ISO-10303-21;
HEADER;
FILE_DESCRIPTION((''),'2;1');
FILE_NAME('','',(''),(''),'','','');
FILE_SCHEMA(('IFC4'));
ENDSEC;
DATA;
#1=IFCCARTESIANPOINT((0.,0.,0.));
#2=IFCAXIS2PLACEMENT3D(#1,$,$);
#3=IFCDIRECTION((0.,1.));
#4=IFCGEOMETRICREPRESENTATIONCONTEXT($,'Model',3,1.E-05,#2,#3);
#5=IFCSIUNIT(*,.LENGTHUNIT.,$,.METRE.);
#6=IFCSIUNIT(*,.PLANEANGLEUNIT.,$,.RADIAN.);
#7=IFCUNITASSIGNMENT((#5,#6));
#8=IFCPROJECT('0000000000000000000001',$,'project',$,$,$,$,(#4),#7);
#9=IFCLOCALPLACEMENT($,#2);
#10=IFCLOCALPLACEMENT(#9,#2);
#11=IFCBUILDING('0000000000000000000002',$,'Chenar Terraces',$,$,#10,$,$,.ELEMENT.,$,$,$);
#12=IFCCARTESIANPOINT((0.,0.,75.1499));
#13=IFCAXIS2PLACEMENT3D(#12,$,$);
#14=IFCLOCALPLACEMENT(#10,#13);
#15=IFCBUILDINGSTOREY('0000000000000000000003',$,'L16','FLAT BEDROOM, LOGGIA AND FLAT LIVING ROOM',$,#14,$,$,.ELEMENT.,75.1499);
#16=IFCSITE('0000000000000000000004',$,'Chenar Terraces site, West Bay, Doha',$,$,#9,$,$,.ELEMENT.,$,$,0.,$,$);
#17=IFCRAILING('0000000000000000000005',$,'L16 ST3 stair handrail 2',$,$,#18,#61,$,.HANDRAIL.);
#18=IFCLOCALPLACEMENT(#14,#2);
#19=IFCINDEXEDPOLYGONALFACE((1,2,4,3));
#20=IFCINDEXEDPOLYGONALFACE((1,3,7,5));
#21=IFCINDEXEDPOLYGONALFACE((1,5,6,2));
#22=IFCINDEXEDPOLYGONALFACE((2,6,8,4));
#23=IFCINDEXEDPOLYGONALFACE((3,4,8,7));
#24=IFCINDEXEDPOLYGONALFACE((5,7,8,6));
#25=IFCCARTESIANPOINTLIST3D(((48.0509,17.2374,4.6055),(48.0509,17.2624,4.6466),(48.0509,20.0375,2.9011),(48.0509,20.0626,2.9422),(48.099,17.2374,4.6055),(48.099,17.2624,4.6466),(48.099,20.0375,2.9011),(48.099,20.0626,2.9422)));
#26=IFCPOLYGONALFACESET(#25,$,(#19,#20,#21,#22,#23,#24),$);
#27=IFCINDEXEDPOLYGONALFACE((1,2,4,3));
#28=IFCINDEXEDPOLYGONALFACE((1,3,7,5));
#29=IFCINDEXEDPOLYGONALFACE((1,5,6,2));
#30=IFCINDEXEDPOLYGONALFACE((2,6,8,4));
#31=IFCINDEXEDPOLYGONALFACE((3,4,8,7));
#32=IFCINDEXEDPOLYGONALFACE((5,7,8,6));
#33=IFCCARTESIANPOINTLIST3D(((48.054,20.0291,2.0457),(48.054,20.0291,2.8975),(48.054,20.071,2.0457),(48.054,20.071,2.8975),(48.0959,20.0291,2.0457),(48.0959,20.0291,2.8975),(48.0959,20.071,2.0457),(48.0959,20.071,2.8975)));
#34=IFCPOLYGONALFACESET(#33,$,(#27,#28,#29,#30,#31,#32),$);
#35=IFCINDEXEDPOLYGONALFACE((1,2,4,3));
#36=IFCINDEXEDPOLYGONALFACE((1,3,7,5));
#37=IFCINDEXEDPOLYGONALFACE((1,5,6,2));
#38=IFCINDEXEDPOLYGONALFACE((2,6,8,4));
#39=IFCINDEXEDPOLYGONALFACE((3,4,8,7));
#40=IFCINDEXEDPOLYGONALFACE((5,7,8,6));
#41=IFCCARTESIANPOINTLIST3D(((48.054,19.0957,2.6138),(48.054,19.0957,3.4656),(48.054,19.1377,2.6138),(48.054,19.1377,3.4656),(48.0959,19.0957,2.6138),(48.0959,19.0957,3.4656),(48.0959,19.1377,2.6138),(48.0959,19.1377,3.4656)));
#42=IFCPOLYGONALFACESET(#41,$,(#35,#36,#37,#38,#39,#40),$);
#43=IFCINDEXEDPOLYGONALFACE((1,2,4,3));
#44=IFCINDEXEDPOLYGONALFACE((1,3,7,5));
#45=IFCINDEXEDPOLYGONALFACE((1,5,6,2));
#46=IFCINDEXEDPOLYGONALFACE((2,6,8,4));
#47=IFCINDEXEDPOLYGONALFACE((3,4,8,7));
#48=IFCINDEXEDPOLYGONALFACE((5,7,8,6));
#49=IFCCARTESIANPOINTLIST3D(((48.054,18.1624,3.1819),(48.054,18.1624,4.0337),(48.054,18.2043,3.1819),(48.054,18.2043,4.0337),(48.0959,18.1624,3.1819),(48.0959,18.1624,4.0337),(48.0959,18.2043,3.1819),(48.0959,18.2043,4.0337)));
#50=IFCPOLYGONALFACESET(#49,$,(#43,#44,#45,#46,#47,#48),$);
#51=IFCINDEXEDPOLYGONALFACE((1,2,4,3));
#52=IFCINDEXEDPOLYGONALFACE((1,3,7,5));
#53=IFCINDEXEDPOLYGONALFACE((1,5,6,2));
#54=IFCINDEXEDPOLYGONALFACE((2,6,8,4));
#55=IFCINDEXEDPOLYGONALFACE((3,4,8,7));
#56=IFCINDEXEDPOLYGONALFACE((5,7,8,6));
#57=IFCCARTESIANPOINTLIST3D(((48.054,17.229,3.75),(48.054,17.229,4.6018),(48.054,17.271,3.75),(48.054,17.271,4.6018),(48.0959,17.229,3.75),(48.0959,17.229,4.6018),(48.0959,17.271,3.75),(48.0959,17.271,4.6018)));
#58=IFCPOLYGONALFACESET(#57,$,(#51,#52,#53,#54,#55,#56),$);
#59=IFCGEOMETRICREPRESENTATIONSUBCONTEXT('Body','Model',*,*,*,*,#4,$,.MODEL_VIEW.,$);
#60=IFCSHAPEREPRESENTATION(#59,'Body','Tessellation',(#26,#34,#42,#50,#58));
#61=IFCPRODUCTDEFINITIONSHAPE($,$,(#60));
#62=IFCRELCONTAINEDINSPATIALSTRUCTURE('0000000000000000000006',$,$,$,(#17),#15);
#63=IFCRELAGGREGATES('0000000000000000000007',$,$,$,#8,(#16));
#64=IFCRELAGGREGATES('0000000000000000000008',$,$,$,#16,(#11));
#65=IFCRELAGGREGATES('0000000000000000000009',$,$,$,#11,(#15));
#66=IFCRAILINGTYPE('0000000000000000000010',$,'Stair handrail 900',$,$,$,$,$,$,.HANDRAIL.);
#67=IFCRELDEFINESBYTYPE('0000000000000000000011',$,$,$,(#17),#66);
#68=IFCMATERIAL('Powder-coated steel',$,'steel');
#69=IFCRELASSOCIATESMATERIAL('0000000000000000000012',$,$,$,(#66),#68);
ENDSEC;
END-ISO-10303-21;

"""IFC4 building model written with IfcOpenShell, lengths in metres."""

from ifc_helpers import new_model, si_unit, direction, frame, origin, origin_2d, place, context, subcontext, project, spatial, rectangle, extrude, material, type_object, element, save


model = new_model("IFC4")

# Units and contexts
model_context = context("Model", 3, precision=1e-05, world=origin(), true_north=direction((0.0, 1.0)))
body_context = subcontext(model_context, "Body", "Model", "MODEL_VIEW")
ifc_project = project(units=[si_unit("LENGTHUNIT", "METRE"), si_unit("PLANEANGLEUNIT", "RADIAN")], contexts=[model_context])

# Site, building, storey
site_placement = place(None, origin())
site = spatial("IfcSite", under=ifc_project, at=site_placement, Name="Chenar Terraces site, West Bay, Doha", CompositionType="ELEMENT", RefElevation=0.0)
building_placement = place(site_placement, origin())
building = spatial("IfcBuilding", under=site, at=building_placement, Name="Chenar Terraces", CompositionType="ELEMENT")
storey_placement = place(building_placement, frame((0.0, 0.0, 75.1499)))
storey = spatial("IfcBuildingStorey", under=building, at=storey_placement, Name="L16", Description="FLAT BEDROOM, LOGGIA AND FLAT LIVING ROOM", CompositionType="ELEMENT", Elevation=75.1499)

# Railing
ifc_material_1 = material(Name="Powder-coated steel", Category="steel")
railing_type_1 = type_object("IfcRailingType", Name="Stair handrail 900", PredefinedType="HANDRAIL", material=ifc_material_1)
railing_1_placement = place(storey_placement, frame((48.075, 20.05, 2.0457)))
element("IfcRailing", 1, at=railing_1_placement, inside=storey, type_object=railing_type_1, Name="L16 ST3 stair handrail 2", PredefinedType="HANDRAIL", context=body_context, shape_type="SweptSolid", body=[
    extrude(rectangle(XDim=0.0481, YDim=0.0481, at=origin_2d()), frame((0.0, 0.0, 0.876), z_axis=(0.0, -0.854203, 0.51994), x_axis=(1.0, 0.0, 0.0)), (0.0, 0.0, 1.0), 3.2781),
    extrude(rectangle(XDim=0.042, YDim=0.042, at=origin_2d()), origin(), (0.0, 0.0, 1.0), 0.8518),
    extrude(rectangle(XDim=0.042, YDim=0.042, at=origin_2d()), frame((0.0, -0.9333, 0.5681)), (0.0, 0.0, 1.0), 0.8518),
    extrude(rectangle(XDim=0.042, YDim=0.042, at=origin_2d()), frame((0.0, -1.8667, 1.1362)), (0.0, 0.0, 1.0), 0.8518),
    extrude(rectangle(XDim=0.042, YDim=0.042, at=origin_2d()), frame((0.0, -2.8, 1.7043)), (0.0, 0.0, 1.0), 0.8518),
])

save(model, "model.ifc")
